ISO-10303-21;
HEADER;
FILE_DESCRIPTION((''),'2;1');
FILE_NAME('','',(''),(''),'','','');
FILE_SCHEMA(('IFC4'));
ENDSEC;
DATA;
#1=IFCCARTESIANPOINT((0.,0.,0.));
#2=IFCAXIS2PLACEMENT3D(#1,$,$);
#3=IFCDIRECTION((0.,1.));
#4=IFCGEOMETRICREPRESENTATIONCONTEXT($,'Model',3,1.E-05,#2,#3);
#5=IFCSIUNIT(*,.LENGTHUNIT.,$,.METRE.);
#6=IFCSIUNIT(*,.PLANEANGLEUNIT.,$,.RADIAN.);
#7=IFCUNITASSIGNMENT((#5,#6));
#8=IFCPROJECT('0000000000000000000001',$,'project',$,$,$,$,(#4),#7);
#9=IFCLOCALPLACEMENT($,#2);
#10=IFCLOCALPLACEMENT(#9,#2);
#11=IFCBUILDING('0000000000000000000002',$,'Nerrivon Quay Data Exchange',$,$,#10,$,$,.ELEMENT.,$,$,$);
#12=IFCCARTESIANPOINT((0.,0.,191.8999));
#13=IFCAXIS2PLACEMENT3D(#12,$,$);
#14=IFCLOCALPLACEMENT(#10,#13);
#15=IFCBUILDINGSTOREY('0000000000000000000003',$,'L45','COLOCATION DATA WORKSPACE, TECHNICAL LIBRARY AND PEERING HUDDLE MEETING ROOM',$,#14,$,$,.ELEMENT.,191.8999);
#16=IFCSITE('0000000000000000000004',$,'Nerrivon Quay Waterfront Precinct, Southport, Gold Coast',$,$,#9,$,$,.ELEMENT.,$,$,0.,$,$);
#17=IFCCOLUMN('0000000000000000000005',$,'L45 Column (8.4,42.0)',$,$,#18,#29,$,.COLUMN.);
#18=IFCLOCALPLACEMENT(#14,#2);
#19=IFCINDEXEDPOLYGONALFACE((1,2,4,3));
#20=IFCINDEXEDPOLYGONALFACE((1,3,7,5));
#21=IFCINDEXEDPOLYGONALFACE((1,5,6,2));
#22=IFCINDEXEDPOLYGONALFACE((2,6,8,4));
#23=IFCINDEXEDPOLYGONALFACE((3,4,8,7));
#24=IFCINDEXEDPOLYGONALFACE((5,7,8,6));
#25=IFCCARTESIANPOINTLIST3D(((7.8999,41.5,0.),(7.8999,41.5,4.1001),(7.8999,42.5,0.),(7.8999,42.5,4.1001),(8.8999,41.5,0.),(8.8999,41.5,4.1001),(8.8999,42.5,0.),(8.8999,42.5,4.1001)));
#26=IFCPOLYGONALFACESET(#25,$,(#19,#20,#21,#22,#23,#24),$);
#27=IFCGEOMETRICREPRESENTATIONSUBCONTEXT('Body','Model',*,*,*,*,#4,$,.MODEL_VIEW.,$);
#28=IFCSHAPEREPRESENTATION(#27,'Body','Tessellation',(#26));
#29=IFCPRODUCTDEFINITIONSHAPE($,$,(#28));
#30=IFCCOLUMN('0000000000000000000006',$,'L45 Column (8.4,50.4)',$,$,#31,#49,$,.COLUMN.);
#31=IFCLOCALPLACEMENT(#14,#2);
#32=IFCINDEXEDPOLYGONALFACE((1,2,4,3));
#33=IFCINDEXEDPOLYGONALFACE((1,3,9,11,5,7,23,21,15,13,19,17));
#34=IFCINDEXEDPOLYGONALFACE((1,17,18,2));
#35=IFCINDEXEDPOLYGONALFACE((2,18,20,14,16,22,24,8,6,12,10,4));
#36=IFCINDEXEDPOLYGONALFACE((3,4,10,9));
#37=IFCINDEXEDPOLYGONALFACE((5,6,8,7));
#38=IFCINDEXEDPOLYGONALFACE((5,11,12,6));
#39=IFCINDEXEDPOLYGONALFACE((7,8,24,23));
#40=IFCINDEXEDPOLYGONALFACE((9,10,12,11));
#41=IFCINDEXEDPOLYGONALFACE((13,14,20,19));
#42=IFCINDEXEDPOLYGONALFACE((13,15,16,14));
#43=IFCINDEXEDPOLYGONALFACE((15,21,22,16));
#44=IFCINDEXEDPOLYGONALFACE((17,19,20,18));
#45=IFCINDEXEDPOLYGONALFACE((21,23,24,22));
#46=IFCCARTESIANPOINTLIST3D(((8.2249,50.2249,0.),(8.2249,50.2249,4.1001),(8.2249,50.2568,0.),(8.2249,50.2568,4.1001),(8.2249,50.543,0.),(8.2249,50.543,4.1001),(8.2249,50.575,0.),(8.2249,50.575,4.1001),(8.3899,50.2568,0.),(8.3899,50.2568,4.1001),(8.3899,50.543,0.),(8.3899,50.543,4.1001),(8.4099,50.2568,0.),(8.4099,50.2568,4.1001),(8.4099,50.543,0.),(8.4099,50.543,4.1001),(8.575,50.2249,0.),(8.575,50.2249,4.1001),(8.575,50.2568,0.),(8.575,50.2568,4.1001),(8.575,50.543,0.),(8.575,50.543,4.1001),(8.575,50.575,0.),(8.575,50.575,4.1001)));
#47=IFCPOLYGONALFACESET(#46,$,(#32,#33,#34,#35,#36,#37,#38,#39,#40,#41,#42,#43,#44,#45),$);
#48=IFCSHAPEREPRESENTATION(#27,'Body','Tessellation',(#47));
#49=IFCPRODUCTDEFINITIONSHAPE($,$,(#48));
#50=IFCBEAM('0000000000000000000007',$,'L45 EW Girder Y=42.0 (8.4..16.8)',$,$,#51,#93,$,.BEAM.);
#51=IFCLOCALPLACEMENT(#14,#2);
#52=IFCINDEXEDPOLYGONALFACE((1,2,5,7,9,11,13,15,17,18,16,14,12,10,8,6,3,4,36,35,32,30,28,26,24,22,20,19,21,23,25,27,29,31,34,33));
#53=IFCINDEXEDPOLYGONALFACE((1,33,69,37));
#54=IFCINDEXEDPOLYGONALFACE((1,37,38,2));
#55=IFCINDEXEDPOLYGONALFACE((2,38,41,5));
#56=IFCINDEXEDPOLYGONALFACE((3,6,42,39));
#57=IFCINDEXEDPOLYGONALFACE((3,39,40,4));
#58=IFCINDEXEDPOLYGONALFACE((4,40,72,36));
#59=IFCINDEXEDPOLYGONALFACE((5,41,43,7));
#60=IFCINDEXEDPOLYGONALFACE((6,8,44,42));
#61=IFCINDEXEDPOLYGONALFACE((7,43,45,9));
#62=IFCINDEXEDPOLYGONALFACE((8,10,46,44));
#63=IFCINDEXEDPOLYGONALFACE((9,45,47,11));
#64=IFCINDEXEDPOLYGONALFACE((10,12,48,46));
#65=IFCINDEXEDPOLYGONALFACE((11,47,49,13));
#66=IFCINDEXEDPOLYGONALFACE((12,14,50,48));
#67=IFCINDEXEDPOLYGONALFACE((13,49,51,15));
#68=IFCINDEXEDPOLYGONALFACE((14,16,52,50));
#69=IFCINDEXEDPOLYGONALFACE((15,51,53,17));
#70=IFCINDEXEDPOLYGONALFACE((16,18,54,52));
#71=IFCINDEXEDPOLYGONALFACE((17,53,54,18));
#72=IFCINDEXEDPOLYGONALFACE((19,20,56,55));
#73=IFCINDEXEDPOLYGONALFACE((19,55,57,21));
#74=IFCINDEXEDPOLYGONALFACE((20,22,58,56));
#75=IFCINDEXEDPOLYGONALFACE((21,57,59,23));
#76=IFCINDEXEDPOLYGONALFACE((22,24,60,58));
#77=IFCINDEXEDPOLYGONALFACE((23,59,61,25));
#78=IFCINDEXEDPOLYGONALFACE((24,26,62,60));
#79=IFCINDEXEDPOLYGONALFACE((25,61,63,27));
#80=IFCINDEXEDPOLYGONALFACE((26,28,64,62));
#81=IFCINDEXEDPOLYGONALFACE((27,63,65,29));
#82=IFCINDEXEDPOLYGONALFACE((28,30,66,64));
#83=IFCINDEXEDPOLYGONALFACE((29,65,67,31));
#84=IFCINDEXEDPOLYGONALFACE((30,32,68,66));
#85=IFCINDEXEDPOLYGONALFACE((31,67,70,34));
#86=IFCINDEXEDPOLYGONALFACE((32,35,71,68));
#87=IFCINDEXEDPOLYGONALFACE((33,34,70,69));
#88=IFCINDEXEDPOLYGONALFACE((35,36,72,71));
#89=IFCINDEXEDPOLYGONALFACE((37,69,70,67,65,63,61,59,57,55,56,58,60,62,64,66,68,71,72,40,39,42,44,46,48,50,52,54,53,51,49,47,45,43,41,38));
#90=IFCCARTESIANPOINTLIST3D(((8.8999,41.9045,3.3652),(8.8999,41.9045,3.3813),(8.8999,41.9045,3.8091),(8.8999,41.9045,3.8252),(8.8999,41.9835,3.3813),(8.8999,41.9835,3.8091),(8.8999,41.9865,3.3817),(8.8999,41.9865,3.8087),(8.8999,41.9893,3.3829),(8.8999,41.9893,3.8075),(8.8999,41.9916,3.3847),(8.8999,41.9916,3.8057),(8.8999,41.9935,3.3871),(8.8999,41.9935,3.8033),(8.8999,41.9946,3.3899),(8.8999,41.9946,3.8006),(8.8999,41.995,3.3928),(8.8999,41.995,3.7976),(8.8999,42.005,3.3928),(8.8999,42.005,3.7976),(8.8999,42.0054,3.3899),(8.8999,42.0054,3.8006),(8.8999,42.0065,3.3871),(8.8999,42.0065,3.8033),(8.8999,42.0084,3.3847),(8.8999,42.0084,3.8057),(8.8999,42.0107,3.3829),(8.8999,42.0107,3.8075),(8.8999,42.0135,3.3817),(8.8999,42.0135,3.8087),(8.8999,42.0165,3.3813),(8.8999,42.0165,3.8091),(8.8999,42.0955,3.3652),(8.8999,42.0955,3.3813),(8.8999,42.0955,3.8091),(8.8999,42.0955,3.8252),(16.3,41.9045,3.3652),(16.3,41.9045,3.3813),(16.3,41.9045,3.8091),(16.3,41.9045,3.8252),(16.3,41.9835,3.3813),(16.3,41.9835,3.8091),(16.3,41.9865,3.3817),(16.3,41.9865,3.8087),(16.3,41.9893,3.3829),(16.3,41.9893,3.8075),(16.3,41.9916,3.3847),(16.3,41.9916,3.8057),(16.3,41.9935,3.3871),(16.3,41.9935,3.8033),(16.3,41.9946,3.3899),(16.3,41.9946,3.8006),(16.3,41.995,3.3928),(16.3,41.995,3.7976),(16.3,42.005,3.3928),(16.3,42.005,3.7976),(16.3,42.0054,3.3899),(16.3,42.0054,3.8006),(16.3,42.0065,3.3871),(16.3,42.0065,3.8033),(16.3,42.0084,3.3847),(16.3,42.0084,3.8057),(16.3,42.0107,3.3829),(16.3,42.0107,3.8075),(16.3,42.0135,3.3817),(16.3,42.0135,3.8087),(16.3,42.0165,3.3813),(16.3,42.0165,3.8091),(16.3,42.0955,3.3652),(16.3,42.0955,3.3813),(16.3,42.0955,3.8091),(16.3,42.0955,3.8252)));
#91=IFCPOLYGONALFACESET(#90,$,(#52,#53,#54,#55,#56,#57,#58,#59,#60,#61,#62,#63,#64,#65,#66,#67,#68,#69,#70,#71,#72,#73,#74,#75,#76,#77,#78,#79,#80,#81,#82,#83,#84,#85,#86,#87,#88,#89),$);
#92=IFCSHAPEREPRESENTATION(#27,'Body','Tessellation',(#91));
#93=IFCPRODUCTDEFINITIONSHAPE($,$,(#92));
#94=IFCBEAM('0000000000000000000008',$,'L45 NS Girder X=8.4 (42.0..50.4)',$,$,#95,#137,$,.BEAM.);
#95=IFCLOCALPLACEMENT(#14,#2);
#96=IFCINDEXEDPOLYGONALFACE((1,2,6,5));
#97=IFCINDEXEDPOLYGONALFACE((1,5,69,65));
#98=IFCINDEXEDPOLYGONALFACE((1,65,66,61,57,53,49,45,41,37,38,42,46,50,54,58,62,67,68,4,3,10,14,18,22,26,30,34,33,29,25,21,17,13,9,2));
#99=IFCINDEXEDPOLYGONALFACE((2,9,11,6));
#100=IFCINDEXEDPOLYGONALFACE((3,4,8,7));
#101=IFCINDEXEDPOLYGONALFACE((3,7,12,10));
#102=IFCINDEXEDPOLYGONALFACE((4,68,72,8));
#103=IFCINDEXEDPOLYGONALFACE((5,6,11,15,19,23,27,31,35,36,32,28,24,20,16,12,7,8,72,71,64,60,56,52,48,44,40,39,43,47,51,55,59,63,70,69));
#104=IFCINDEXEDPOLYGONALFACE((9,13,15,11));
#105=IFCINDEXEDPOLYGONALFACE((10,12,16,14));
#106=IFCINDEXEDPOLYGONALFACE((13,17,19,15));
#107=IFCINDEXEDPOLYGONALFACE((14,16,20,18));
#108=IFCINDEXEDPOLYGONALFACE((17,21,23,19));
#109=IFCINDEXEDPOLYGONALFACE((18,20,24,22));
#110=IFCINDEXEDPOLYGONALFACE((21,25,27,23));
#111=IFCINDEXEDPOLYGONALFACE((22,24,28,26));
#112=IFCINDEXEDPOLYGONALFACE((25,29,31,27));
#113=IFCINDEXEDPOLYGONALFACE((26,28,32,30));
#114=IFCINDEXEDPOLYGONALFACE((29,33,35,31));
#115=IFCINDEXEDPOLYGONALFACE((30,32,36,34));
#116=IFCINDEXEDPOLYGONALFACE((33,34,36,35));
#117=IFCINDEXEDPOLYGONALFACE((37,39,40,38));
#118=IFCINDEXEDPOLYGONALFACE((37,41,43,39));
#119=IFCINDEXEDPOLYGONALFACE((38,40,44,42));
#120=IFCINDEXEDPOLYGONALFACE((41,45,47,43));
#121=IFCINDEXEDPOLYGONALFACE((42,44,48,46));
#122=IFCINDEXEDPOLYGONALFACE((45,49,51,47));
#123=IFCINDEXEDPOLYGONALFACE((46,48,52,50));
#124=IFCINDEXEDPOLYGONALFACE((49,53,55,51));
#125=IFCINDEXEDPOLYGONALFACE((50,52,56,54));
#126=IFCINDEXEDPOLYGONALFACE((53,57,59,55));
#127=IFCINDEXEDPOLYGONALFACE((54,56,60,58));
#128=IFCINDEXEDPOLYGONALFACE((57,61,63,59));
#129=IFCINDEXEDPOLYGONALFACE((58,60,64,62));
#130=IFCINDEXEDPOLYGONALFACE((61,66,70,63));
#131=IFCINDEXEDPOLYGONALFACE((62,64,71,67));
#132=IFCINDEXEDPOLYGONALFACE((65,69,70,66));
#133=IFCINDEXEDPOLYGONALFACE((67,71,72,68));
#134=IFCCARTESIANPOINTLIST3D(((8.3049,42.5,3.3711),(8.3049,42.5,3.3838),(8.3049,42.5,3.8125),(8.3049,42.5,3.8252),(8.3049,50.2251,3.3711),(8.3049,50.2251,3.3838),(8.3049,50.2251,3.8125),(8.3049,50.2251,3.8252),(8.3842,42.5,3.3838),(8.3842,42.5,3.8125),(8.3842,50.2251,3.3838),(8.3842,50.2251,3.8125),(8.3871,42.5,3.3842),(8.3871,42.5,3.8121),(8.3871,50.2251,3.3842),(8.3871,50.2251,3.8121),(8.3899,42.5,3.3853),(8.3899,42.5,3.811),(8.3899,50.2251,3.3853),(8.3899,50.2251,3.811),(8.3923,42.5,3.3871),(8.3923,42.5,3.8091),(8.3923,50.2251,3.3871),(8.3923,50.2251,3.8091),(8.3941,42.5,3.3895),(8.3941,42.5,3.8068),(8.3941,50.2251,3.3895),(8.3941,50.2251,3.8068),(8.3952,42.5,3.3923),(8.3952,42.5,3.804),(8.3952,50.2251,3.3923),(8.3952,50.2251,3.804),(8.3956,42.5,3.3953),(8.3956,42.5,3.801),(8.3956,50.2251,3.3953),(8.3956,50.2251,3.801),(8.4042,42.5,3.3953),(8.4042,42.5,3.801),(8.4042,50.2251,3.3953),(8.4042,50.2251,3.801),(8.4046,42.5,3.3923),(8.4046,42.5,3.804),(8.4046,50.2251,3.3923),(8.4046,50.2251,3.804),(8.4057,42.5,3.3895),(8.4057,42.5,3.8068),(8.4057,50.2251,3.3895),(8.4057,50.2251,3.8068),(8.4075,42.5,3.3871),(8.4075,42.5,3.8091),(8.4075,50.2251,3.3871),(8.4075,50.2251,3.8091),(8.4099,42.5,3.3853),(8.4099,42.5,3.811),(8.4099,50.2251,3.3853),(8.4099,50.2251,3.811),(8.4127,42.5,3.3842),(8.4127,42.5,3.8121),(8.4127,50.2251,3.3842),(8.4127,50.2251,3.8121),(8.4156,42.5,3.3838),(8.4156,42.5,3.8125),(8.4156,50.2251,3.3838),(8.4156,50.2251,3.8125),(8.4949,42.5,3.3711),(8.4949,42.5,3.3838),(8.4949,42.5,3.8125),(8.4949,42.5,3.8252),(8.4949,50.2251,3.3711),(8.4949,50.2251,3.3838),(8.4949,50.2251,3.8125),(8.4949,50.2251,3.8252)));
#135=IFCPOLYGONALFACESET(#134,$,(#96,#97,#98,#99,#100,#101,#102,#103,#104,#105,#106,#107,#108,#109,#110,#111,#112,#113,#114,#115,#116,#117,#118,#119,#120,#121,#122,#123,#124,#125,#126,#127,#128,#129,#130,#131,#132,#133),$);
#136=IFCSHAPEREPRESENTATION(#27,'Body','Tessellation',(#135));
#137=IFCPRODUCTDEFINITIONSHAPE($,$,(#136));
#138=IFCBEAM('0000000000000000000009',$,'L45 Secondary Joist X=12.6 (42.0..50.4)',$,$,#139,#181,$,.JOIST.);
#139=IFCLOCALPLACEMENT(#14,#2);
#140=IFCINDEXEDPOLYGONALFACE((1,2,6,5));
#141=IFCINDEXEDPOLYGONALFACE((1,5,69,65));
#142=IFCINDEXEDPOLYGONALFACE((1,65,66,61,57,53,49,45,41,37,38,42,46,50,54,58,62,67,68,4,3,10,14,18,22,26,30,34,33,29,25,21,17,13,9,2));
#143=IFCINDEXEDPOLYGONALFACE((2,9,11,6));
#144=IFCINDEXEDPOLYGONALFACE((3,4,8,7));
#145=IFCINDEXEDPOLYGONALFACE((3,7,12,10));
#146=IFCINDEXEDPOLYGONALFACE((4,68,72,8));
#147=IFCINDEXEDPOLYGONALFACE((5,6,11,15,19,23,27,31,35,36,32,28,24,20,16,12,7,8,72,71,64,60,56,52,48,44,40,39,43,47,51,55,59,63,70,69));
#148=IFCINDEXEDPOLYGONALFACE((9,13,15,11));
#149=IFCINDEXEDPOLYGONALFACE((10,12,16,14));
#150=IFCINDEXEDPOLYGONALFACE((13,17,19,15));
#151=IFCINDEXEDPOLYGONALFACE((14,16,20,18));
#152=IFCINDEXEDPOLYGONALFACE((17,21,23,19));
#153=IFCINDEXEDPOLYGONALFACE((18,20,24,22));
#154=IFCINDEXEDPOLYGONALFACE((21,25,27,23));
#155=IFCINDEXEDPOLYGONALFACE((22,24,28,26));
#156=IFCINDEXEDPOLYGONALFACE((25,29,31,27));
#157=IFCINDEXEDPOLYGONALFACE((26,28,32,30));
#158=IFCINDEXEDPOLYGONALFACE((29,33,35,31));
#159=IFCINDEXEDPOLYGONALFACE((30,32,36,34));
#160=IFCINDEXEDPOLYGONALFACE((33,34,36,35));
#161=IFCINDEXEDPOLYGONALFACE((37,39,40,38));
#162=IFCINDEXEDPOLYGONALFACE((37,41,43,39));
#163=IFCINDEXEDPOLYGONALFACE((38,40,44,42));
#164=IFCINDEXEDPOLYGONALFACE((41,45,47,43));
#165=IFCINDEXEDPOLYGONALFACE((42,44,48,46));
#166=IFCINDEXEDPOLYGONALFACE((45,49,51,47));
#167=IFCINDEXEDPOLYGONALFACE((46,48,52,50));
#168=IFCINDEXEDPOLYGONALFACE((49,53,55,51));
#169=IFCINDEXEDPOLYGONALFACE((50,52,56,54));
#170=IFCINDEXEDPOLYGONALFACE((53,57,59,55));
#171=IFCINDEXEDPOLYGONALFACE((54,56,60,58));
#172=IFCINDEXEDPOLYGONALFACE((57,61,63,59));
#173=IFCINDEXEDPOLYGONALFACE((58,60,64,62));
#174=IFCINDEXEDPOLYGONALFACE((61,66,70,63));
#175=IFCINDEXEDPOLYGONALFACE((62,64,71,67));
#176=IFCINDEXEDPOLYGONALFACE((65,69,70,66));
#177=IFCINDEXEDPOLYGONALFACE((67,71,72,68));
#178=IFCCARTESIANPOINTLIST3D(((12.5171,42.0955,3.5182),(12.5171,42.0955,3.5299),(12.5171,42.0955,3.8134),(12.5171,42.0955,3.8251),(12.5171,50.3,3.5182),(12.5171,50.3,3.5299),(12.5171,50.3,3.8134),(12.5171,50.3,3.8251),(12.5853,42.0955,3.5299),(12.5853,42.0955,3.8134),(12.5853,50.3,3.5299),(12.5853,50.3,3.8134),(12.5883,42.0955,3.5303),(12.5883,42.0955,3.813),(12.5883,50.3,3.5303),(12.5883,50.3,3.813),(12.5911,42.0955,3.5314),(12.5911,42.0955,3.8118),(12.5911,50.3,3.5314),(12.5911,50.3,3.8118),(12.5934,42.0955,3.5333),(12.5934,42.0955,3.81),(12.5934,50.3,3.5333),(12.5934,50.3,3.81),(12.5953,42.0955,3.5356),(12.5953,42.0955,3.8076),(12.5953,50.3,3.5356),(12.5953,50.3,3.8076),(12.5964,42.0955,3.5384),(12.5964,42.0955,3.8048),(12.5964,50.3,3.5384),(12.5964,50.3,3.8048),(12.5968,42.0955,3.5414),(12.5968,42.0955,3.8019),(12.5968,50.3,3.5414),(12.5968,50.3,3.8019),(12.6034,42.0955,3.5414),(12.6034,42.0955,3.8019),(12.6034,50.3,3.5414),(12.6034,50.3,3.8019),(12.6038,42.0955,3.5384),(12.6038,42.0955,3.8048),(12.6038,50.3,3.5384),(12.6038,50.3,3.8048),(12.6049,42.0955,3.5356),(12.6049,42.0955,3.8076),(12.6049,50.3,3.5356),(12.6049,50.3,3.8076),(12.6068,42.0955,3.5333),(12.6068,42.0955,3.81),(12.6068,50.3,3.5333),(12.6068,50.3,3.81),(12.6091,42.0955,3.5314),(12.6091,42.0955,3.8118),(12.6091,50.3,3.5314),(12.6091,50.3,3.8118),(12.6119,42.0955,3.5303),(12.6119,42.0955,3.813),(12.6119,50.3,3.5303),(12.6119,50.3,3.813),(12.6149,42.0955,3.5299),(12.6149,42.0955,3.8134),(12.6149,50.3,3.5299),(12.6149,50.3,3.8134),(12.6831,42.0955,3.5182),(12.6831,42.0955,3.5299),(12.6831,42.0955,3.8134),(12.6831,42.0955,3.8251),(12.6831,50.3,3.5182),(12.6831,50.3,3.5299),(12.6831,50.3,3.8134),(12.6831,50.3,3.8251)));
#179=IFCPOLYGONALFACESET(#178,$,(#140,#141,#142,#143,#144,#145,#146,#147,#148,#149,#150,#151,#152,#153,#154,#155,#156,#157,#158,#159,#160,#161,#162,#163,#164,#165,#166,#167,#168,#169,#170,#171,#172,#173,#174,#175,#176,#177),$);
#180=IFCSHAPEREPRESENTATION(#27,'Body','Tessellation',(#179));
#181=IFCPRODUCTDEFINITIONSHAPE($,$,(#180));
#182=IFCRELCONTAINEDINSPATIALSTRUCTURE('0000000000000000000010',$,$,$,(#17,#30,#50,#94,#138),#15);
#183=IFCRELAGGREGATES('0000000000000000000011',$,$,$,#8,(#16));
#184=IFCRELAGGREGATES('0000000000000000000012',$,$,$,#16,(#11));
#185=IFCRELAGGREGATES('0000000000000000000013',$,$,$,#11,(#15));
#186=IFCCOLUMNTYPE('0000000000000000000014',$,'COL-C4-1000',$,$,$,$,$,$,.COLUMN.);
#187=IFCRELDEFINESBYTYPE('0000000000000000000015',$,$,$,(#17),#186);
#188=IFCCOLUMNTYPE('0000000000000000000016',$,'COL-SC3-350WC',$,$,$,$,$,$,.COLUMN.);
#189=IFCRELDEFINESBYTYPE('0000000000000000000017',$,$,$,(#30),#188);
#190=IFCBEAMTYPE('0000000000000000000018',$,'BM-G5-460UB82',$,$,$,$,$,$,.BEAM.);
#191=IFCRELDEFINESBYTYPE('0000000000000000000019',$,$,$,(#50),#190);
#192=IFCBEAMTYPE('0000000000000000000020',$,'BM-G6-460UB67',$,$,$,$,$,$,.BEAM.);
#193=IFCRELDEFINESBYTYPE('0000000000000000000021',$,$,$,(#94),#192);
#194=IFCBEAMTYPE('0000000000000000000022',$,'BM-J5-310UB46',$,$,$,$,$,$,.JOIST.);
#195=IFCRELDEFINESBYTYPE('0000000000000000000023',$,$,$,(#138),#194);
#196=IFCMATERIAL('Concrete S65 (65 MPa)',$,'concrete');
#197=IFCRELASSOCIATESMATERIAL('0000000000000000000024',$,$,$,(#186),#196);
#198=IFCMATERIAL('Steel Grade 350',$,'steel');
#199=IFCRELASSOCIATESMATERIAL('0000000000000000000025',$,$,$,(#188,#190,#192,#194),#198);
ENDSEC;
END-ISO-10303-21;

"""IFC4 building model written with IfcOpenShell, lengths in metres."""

from ifc_helpers import new_model, si_unit, direction, frame, origin, origin_2d, place, context, subcontext, project, spatial, rectangle, i_section, extrude, material, material_profile, profile_set, type_object, element, save


model = new_model("IFC4")

# Units and contexts
model_context = context("Model", 3, precision=1e-05, world=origin(), true_north=direction((0.0, 1.0)))
body_context = subcontext(model_context, "Body", "Model", "MODEL_VIEW")
ifc_project = project(units=[si_unit("LENGTHUNIT", "METRE"), si_unit("PLANEANGLEUNIT", "RADIAN")], contexts=[model_context])

# Site, building, storey
site_placement = place(None, origin())
site = spatial("IfcSite", under=ifc_project, at=site_placement, Name="Nerrivon Quay Waterfront Precinct, Southport, Gold Coast", CompositionType="ELEMENT", RefElevation=0.0)
building_placement = place(site_placement, origin())
building = spatial("IfcBuilding", under=site, at=building_placement, Name="Nerrivon Quay Data Exchange", CompositionType="ELEMENT")
storey_placement = place(building_placement, frame((0.0, 0.0, 191.8999)))
storey = spatial("IfcBuildingStorey", under=building, at=storey_placement, Name="L45", Description="COLOCATION DATA WORKSPACE, TECHNICAL LIBRARY AND PEERING HUDDLE MEETING ROOM", CompositionType="ELEMENT", Elevation=191.8999)

# Columns
ifc_material_1 = material(Name="Concrete S65 (65 MPa)", Category="concrete")
ifc_material_profile_1 = material_profile(ifc_material_1, rectangle(XDim=1.0, YDim=1.0, at=origin_2d()), Name="RC-COL-1000x1000")
ifc_profile_set_1 = profile_set([ifc_material_profile_1], Name="Concrete S65 (65 MPa)")
column_type_1 = type_object("IfcColumnType", Name="COL-C4-1000", PredefinedType="COLUMN", material=ifc_profile_set_1)
column_1_placement = place(storey_placement, frame((8.3999, 42.0, 0.0), z_axis=(0.0, 0.0, 1.0), x_axis=(1.0, 0.0, 0.0)))
element("IfcColumn", 1, at=column_1_placement, inside=storey, type_object=column_type_1, Name="L45 Column (8.4,42.0)", PredefinedType="COLUMN", context=body_context, shape_type="SweptSolid", body=[
    extrude(rectangle(XDim=1.0, YDim=1.0, at=origin_2d()), origin(), (0.0, 0.0, 1.0), 4.1001),
])
ifc_material_2 = material(Name="Steel Grade 350", Category="steel")
ifc_material_profile_2 = material_profile(ifc_material_2, i_section(OverallWidth=0.3501, OverallDepth=0.3501, WebThickness=0.02, FlangeThickness=0.032, at=origin_2d()), Name="350WC230")
ifc_profile_set_2 = profile_set([ifc_material_profile_2], Name="Steel Grade 350")
column_type_2 = type_object("IfcColumnType", Name="COL-SC3-350WC", PredefinedType="COLUMN", material=ifc_profile_set_2)
column_2_placement = place(storey_placement, frame((8.3999, 50.3999, 0.0), z_axis=(0.0, 0.0, 1.0), x_axis=(1.0, 0.0, 0.0)))
element("IfcColumn", 2, at=column_2_placement, inside=storey, type_object=column_type_2, Name="L45 Column (8.4,50.4)", PredefinedType="COLUMN", context=body_context, shape_type="SweptSolid", body=[
    extrude(i_section(OverallWidth=0.3501, OverallDepth=0.3501, WebThickness=0.02, FlangeThickness=0.032, at=origin_2d()), origin(), (0.0, 0.0, 1.0), 4.1001),
])

# Beams
ifc_material_profile_3 = material_profile(ifc_material_2, i_section(OverallWidth=0.1909, OverallDepth=0.46, WebThickness=0.01, FlangeThickness=0.0161, FilletRadius=0.0115, at=origin_2d()), Name="460UB82.1")
ifc_profile_set_3 = profile_set([ifc_material_profile_3], Name="Steel Grade 350")
beam_type_1 = type_object("IfcBeamType", Name="BM-G5-460UB82", PredefinedType="BEAM", material=ifc_profile_set_3)
beam_1_placement = place(storey_placement, frame((8.8999, 42.0, 3.5952), z_axis=(1.0, 0.0, 0.0), x_axis=(0.0, 1.0, 0.0)))
element("IfcBeam", 3, at=beam_1_placement, inside=storey, type_object=beam_type_1, Name="L45 EW Girder Y=42.0 (8.4..16.8)", PredefinedType="BEAM", context=body_context, shape_type="SweptSolid", body=[
    extrude(i_section(OverallWidth=0.1909, OverallDepth=0.46, WebThickness=0.01, FlangeThickness=0.0161, FilletRadius=0.0115, at=origin_2d()), origin(), (0.0, 0.0, 1.0), 7.4001),
])
ifc_material_profile_4 = material_profile(ifc_material_2, i_section(OverallWidth=0.1899, OverallDepth=0.4541, WebThickness=0.0085, FlangeThickness=0.0127, FilletRadius=0.0115, at=origin_2d()), Name="460UB67.1")
ifc_profile_set_4 = profile_set([ifc_material_profile_4], Name="Steel Grade 350")
beam_type_2 = type_object("IfcBeamType", Name="BM-G6-460UB67", PredefinedType="BEAM", material=ifc_profile_set_4)
beam_2_placement = place(storey_placement, frame((8.3999, 42.5, 3.5981), z_axis=(0.0, 1.0, 0.0), x_axis=(-1.0, 0.0, 0.0)))
element("IfcBeam", 4, at=beam_2_placement, inside=storey, type_object=beam_type_2, Name="L45 NS Girder X=8.4 (42.0..50.4)", PredefinedType="BEAM", context=body_context, shape_type="SweptSolid", body=[
    extrude(i_section(OverallWidth=0.1899, OverallDepth=0.4541, WebThickness=0.0085, FlangeThickness=0.0127, FilletRadius=0.0115, at=origin_2d()), origin(), (0.0, 0.0, 1.0), 7.7251),
])
ifc_material_profile_5 = material_profile(ifc_material_2, i_section(OverallWidth=0.166, OverallDepth=0.3069, WebThickness=0.0066, FlangeThickness=0.0117, FilletRadius=0.0115, at=origin_2d()), Name="310UB46.2")
ifc_profile_set_5 = profile_set([ifc_material_profile_5], Name="Steel Grade 350")
beam_type_3 = type_object("IfcBeamType", Name="BM-J5-310UB46", PredefinedType="JOIST", material=ifc_profile_set_5)
beam_3_placement = place(storey_placement, frame((12.6001, 42.0955, 3.6716), z_axis=(0.0, 1.0, 0.0), x_axis=(-1.0, 0.0, 0.0)))
element("IfcBeam", 5, at=beam_3_placement, inside=storey, type_object=beam_type_3, Name="L45 Secondary Joist X=12.6 (42.0..50.4)", PredefinedType="JOIST", context=body_context, shape_type="SweptSolid", body=[
    extrude(i_section(OverallWidth=0.166, OverallDepth=0.3069, WebThickness=0.0066, FlangeThickness=0.0117, FilletRadius=0.0115, at=origin_2d()), origin(), (0.0, 0.0, 1.0), 8.2046),
])

save(model, "model.ifc")
